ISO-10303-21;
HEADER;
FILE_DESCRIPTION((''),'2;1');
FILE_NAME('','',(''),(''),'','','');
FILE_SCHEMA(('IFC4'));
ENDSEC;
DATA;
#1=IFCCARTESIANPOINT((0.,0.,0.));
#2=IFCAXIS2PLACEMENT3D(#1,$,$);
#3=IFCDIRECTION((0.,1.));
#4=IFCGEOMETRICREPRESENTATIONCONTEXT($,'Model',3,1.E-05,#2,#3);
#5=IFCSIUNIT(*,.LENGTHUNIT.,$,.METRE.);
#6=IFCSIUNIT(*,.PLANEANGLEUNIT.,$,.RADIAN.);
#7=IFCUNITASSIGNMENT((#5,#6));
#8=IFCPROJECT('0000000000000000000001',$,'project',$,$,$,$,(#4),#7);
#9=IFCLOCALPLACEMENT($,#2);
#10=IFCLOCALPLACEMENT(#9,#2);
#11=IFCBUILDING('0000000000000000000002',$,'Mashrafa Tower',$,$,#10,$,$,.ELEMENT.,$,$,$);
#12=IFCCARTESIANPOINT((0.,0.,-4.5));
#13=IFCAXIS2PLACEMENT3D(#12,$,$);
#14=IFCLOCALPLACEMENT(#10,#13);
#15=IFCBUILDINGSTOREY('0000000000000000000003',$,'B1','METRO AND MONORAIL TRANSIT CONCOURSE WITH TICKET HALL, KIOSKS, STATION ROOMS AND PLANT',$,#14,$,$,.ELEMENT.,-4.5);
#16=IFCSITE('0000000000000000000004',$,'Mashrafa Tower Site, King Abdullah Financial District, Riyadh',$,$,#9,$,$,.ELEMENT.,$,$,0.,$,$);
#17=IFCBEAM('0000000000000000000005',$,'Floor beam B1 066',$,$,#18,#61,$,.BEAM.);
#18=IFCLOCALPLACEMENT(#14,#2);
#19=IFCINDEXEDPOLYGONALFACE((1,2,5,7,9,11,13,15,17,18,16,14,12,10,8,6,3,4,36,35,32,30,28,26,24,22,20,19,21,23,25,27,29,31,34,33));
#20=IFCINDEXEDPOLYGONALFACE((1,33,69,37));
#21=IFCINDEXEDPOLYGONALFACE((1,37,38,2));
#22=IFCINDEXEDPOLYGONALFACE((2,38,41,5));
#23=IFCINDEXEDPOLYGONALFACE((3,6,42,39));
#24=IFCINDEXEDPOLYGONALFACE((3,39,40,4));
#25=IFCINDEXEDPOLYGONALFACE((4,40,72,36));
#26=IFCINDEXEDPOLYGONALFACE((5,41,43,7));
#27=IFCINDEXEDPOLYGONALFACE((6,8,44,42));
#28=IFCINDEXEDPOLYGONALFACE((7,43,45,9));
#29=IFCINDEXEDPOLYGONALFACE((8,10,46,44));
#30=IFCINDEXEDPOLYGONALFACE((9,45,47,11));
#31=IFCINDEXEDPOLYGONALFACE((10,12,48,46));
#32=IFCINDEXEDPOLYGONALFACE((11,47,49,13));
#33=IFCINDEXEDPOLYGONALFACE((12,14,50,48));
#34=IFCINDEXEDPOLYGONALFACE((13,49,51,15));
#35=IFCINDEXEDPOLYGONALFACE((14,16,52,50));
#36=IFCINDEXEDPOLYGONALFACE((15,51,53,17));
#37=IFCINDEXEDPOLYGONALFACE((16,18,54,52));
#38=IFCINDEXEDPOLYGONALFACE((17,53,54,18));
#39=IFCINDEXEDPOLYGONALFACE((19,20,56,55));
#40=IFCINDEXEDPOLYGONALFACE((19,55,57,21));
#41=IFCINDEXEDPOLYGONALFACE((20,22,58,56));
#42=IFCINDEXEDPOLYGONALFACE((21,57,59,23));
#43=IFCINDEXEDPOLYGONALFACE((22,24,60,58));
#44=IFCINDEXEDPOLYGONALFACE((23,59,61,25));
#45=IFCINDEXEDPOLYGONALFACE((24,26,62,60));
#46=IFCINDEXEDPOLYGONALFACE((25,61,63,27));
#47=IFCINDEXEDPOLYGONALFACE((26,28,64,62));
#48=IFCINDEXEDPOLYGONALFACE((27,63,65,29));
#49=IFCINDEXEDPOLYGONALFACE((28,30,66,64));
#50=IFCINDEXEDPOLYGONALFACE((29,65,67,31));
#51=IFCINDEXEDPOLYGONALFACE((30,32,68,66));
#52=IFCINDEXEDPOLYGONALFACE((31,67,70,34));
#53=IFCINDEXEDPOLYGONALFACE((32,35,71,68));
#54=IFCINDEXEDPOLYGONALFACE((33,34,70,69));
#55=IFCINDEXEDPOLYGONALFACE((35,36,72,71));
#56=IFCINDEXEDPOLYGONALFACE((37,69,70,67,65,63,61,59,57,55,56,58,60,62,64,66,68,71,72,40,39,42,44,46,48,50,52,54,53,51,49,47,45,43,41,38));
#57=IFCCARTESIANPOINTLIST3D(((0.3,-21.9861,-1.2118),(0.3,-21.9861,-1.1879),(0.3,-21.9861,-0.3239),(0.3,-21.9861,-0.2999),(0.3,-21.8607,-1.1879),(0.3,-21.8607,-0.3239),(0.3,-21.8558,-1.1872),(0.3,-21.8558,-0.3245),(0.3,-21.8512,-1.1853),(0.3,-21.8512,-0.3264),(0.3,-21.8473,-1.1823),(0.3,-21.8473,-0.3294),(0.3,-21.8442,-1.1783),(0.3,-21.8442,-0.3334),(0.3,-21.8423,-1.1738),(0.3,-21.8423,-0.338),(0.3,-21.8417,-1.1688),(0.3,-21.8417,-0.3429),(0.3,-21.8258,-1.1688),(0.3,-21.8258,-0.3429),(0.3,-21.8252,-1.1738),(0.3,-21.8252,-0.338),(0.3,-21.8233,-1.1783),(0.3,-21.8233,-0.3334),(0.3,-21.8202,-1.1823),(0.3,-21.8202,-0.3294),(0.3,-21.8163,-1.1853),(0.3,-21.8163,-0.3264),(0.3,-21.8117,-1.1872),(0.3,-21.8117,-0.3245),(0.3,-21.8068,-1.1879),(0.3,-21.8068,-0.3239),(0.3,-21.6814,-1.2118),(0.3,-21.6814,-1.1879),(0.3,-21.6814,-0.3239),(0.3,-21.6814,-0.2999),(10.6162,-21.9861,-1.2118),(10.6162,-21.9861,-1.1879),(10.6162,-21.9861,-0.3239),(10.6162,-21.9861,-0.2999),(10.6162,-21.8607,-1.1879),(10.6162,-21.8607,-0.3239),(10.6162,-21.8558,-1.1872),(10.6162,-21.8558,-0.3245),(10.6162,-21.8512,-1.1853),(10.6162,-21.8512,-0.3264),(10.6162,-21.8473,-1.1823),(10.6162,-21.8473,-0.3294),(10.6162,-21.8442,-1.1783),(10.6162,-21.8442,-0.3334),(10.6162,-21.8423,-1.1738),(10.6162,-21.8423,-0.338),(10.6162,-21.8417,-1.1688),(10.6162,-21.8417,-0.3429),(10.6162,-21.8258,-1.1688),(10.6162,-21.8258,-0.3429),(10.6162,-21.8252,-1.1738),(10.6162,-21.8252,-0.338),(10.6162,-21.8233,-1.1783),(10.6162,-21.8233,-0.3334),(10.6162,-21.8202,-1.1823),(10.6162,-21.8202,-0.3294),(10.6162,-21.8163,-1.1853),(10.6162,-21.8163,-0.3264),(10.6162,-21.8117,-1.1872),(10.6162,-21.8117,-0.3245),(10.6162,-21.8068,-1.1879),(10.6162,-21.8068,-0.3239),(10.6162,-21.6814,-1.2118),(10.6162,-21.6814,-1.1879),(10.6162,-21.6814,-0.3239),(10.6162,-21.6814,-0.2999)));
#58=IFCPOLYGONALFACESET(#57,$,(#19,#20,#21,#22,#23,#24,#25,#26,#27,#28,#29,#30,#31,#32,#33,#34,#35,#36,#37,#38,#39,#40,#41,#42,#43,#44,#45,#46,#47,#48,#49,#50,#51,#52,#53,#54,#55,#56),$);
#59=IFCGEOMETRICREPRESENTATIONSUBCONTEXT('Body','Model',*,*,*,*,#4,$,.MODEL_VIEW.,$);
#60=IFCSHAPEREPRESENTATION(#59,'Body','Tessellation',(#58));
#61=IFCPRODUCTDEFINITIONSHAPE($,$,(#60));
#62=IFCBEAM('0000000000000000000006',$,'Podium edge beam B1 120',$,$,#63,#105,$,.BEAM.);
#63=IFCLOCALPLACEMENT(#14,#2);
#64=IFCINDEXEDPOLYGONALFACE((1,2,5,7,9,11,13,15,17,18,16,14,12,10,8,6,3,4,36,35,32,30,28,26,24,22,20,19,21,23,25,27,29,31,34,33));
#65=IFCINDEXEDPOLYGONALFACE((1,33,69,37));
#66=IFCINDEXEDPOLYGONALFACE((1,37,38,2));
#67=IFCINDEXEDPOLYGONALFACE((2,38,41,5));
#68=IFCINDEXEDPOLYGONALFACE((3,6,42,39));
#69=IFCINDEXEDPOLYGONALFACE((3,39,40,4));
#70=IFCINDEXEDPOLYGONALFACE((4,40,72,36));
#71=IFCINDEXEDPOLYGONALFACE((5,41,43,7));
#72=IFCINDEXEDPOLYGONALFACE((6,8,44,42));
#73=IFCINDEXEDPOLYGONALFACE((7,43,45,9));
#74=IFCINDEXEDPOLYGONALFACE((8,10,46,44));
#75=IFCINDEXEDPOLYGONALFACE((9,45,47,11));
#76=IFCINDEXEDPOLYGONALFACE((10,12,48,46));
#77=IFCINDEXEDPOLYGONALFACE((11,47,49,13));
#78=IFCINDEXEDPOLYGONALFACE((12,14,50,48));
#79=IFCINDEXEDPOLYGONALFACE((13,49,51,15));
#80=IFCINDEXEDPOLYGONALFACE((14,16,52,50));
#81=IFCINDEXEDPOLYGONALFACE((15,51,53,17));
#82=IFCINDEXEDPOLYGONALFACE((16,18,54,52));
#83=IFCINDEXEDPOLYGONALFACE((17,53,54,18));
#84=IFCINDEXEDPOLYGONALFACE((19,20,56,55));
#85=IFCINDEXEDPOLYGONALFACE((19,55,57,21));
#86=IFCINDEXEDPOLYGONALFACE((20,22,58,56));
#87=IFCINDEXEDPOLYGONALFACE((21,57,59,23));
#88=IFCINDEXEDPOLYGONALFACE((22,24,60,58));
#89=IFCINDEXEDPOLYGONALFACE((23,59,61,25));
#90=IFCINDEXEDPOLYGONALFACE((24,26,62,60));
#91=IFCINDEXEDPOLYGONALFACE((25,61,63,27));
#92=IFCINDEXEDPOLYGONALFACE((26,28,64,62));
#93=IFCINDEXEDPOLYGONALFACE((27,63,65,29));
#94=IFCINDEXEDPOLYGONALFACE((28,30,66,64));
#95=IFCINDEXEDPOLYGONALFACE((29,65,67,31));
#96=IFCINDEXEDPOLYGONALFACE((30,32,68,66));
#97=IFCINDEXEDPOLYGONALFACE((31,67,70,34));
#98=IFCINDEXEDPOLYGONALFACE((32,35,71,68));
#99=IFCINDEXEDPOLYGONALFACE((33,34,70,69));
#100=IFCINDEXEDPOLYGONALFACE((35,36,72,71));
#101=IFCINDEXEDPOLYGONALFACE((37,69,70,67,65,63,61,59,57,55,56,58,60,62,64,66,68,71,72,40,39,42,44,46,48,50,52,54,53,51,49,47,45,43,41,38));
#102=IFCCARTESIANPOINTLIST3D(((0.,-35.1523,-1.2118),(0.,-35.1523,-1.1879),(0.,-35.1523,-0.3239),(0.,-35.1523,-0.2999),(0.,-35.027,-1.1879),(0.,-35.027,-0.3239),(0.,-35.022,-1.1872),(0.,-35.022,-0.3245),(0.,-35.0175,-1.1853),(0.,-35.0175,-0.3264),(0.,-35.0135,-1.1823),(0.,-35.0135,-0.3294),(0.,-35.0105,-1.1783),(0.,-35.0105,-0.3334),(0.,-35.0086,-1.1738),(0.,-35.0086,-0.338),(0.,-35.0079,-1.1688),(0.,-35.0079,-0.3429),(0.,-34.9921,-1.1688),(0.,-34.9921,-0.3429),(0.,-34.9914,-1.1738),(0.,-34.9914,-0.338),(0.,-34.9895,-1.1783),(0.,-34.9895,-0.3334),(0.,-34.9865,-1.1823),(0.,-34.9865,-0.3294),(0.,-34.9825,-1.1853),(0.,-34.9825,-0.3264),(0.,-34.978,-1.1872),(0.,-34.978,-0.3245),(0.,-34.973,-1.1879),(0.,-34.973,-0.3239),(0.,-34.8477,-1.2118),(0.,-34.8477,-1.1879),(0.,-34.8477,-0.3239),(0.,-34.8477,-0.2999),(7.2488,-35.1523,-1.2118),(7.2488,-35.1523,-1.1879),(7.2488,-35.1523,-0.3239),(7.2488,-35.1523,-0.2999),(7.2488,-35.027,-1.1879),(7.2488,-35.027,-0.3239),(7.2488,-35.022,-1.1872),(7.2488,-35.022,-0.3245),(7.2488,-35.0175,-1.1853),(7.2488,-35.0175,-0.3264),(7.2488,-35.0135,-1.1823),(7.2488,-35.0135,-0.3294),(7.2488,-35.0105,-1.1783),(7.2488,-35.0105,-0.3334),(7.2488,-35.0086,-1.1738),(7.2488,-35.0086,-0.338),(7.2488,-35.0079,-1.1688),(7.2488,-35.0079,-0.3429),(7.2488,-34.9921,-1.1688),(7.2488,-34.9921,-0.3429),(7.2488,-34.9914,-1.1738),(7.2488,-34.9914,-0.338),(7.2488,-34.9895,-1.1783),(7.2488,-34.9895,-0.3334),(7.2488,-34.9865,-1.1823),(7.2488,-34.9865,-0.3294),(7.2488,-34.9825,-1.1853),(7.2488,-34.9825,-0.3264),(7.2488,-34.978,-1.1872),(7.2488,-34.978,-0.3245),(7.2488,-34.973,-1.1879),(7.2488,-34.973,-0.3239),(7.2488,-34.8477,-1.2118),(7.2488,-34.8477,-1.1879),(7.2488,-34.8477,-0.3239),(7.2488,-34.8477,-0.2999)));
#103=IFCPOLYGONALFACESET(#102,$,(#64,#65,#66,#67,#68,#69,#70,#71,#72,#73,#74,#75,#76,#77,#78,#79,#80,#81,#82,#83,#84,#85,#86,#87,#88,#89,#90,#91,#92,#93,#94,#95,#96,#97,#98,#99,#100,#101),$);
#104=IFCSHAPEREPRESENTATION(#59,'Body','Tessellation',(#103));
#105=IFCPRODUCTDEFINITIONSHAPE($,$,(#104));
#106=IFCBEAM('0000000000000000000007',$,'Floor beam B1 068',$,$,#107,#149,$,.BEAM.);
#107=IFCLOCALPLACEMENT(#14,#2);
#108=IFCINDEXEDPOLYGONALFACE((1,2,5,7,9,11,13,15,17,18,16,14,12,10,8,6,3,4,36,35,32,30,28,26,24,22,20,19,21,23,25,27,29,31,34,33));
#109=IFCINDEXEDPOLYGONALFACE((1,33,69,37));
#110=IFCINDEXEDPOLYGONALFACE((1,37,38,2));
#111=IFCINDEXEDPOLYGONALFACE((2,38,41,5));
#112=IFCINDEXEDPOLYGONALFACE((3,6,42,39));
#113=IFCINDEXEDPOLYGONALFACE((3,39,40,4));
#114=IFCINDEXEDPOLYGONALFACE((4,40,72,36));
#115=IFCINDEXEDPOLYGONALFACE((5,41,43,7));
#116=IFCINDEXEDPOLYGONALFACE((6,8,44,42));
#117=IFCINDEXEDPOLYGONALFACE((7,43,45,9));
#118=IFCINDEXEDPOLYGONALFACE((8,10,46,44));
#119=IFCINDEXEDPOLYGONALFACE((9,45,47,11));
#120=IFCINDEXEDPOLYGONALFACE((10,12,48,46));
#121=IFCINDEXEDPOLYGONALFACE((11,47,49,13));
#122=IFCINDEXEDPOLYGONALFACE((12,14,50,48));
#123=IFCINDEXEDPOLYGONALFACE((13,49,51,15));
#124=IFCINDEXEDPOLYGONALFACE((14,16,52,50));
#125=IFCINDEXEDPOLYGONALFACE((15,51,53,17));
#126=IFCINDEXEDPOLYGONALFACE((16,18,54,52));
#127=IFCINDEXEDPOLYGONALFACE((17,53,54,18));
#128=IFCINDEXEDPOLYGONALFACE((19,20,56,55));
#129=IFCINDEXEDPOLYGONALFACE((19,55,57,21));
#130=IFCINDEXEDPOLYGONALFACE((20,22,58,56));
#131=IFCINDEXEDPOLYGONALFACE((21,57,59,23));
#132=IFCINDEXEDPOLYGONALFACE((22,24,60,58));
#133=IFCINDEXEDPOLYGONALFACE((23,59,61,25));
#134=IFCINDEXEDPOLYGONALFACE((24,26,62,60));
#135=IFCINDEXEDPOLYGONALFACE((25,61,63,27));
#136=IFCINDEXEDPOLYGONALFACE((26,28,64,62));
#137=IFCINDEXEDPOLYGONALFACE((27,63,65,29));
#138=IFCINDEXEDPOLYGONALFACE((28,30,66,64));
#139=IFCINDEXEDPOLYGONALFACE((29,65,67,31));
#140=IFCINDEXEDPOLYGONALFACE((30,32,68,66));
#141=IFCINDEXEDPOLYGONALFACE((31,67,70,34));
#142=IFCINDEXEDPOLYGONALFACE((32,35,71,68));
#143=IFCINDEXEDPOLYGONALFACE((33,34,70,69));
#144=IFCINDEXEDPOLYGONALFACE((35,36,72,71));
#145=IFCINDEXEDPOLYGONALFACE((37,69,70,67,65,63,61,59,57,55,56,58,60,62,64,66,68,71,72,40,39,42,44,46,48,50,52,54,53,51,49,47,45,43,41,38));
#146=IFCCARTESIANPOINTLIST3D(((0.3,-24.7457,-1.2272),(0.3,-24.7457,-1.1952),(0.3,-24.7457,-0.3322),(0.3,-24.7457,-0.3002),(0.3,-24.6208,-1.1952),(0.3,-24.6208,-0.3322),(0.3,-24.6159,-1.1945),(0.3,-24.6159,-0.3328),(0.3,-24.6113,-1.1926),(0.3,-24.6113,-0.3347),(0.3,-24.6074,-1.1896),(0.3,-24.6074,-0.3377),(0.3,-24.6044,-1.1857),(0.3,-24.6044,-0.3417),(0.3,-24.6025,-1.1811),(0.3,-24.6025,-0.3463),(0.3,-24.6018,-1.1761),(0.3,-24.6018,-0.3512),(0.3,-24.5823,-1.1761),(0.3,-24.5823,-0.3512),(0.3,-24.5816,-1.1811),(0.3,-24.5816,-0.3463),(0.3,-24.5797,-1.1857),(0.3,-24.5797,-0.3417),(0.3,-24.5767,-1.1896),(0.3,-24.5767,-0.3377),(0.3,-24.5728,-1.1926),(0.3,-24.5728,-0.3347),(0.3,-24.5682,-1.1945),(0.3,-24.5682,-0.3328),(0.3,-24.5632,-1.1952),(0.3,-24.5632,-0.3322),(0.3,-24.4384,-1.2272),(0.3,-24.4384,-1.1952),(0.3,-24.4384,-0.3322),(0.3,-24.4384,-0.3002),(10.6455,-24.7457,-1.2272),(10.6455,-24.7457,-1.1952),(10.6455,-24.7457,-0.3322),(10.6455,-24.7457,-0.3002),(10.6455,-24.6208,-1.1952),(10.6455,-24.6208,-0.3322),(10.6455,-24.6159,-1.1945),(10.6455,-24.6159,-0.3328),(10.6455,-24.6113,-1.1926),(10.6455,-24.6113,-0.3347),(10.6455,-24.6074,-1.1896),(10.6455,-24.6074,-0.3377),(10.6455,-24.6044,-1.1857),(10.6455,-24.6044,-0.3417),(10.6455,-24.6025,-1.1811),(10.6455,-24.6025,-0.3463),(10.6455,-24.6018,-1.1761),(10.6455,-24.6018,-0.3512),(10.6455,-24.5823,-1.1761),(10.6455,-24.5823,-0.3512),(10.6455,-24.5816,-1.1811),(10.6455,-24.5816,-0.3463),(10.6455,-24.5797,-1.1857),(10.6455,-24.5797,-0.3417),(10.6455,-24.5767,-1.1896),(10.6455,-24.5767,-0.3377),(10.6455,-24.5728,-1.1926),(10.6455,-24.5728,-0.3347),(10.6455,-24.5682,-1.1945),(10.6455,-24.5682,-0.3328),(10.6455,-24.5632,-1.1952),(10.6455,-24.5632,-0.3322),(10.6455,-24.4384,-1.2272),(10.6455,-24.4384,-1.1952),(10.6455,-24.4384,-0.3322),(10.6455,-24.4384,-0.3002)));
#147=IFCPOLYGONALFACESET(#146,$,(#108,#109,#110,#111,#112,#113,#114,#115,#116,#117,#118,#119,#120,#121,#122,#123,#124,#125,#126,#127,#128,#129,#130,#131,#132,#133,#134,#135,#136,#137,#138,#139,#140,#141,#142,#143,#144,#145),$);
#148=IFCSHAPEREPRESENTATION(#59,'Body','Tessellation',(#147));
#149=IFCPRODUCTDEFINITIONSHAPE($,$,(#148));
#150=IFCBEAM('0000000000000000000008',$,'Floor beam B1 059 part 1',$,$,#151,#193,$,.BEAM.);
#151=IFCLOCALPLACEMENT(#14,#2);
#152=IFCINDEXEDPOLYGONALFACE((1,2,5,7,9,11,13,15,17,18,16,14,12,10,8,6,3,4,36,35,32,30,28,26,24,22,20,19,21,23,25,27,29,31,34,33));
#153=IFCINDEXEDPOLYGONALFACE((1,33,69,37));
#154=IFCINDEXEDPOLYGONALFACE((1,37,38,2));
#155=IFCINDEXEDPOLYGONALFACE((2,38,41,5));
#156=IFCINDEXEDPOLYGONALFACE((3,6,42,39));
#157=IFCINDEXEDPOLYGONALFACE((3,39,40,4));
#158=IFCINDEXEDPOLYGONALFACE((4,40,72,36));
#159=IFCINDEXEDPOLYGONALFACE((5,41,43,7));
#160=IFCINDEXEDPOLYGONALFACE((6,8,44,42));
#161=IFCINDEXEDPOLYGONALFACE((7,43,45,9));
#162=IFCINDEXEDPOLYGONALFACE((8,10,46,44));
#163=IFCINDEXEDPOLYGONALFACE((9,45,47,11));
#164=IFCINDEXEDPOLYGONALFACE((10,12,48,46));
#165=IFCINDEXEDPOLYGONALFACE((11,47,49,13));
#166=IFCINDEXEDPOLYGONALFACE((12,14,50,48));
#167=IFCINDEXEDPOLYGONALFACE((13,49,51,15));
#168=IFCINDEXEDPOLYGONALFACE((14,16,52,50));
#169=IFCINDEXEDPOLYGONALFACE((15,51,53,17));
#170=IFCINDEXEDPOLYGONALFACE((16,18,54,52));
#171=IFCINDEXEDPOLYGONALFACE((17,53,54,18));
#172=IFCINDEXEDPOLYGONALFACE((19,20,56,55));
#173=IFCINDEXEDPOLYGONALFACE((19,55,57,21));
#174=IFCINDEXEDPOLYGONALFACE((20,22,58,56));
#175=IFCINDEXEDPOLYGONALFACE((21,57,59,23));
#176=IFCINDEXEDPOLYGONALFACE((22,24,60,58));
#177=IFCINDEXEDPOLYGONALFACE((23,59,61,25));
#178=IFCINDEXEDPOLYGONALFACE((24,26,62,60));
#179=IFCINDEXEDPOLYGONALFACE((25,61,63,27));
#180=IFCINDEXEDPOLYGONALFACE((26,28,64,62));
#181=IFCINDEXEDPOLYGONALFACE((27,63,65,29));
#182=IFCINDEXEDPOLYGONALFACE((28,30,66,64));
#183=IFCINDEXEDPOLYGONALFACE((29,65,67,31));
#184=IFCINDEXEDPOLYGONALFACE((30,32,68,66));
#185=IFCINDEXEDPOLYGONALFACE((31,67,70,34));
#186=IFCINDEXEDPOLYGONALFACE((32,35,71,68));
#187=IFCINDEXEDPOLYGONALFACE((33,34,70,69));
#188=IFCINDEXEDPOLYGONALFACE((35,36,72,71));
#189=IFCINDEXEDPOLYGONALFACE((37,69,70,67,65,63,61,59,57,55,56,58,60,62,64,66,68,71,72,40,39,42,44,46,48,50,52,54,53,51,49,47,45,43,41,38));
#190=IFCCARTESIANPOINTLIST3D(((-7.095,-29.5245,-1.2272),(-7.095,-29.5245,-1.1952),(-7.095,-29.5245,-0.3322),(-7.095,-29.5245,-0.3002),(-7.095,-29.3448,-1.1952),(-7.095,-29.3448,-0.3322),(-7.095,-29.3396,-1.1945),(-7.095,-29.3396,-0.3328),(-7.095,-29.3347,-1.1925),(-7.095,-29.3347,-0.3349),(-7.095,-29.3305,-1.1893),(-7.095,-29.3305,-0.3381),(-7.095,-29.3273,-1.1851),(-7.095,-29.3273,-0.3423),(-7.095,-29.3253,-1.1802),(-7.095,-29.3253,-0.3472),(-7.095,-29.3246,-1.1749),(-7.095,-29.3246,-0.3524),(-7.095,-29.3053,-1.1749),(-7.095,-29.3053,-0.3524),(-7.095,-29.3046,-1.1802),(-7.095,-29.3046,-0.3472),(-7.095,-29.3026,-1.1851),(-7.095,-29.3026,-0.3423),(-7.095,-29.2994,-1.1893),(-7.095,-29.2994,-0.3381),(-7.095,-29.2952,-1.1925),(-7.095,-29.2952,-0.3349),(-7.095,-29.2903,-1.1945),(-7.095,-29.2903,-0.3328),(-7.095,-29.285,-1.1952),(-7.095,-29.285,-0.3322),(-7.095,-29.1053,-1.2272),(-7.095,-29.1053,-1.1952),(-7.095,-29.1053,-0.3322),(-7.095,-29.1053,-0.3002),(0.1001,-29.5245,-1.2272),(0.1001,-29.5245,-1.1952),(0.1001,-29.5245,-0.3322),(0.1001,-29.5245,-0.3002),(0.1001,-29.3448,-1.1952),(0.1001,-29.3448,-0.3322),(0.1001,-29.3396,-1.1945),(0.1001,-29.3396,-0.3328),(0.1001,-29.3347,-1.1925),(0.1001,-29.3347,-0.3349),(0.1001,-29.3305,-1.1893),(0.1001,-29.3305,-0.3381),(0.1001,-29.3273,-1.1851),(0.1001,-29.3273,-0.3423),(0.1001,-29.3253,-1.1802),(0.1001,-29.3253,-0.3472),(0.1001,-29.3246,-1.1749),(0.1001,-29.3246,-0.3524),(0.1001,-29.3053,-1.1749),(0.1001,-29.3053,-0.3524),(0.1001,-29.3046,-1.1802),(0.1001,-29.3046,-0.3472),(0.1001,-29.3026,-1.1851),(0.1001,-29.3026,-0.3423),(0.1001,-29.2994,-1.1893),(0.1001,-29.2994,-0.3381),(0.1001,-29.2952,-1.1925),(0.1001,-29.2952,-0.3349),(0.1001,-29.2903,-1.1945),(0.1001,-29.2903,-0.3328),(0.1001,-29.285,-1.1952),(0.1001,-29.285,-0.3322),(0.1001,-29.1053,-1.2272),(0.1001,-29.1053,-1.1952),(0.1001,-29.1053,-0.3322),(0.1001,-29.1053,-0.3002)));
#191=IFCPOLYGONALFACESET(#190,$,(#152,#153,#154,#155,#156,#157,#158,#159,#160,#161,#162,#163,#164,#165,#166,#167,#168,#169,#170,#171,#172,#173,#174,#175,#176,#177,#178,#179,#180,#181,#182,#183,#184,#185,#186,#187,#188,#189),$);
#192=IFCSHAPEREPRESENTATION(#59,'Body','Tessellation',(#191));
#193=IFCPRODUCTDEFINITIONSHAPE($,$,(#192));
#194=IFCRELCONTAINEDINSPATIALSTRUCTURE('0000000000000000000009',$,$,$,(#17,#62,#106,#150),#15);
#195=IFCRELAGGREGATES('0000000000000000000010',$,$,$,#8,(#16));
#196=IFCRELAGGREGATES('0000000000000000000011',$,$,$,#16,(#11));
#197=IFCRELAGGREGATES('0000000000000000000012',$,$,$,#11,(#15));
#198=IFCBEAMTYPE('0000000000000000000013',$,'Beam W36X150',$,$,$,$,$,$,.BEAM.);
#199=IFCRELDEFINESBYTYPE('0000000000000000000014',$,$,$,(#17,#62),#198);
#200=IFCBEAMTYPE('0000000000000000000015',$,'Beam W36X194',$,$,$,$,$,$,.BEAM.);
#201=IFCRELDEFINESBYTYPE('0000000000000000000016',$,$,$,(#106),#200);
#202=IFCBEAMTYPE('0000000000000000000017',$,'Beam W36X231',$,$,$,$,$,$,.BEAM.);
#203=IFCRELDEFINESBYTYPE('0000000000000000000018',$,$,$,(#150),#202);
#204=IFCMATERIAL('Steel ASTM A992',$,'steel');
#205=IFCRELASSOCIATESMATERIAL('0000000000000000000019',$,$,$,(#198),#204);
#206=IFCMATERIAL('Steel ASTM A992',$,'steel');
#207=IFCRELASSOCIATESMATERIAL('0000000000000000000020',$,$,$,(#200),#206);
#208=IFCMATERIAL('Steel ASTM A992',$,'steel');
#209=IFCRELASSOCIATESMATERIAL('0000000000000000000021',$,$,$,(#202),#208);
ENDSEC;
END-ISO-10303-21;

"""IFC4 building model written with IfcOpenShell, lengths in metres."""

from ifc_helpers import new_model, si_unit, direction, frame, origin, origin_2d, place, context, subcontext, project, spatial, i_section, extrude, material, material_profile, profile_set, type_object, element, save


model = new_model("IFC4")

# Units and contexts
model_context = context("Model", 3, precision=1e-05, world=origin(), true_north=direction((0.0, 1.0)))
body_context = subcontext(model_context, "Body", "Model", "MODEL_VIEW")
ifc_project = project(units=[si_unit("LENGTHUNIT", "METRE"), si_unit("PLANEANGLEUNIT", "RADIAN")], contexts=[model_context])

# Site, building, storey
site_placement = place(None, origin())
site = spatial("IfcSite", under=ifc_project, at=site_placement, Name="Mashrafa Tower Site, King Abdullah Financial District, Riyadh", CompositionType="ELEMENT", RefElevation=0.0)
building_placement = place(site_placement, origin())
building = spatial("IfcBuilding", under=site, at=building_placement, Name="Mashrafa Tower", CompositionType="ELEMENT")
storey_placement = place(building_placement, frame((0.0, 0.0, -4.5)))
storey = spatial("IfcBuildingStorey", under=building, at=storey_placement, Name="B1", Description="METRO AND MONORAIL TRANSIT CONCOURSE WITH TICKET HALL, KIOSKS, STATION ROOMS AND PLANT", CompositionType="ELEMENT", Elevation=-4.5)

# Beams
ifc_material_1 = material(Name="Steel ASTM A992", Category="steel")
ifc_material_profile_1 = material_profile(ifc_material_1, i_section(OverallWidth=0.3047, OverallDepth=0.9119, WebThickness=0.0159, FlangeThickness=0.0239, FilletRadius=0.019, at=origin_2d()), Name="W36X150")
ifc_profile_set_1 = profile_set([ifc_material_profile_1], Name="Steel ASTM A992")
beam_type_1 = type_object("IfcBeamType", Name="Beam W36X150", PredefinedType="BEAM", material=ifc_profile_set_1)
beam_1_placement = place(storey_placement, frame((10.6162, -21.8337, -0.7559), z_axis=(-1.0, 0.0, 0.0), x_axis=(0.0, -1.0, 0.0)))
element("IfcBeam", 1, at=beam_1_placement, inside=storey, type_object=beam_type_1, Name="Floor beam B1 066", PredefinedType="BEAM", context=body_context, shape_type="SweptSolid", body=[
    extrude(i_section(OverallWidth=0.3047, OverallDepth=0.9119, WebThickness=0.0159, FlangeThickness=0.0239, FilletRadius=0.019, at=origin_2d()), origin(), (0.0, 0.0, 1.0), 10.3162),
])
beam_2_placement = place(storey_placement, frame((0.0, -35.0, -0.7559), z_axis=(1.0, 0.0, 0.0), x_axis=(0.0, 1.0, 0.0)))
element("IfcBeam", 2, at=beam_2_placement, inside=storey, type_object=beam_type_1, Name="Podium edge beam B1 120", PredefinedType="BEAM", context=body_context, shape_type="SweptSolid", body=[
    extrude(i_section(OverallWidth=0.3047, OverallDepth=0.9119, WebThickness=0.0159, FlangeThickness=0.0239, FilletRadius=0.019, at=origin_2d()), origin(), (0.0, 0.0, 1.0), 7.2488),
])
ifc_material_2 = material(Name="Steel ASTM A992", Category="steel")
ifc_material_profile_2 = material_profile(ifc_material_2, i_section(OverallWidth=0.3074, OverallDepth=0.927, WebThickness=0.0195, FlangeThickness=0.032, FilletRadius=0.019, at=origin_2d()), Name="W36X194")
ifc_profile_set_2 = profile_set([ifc_material_profile_2], Name="Steel ASTM A992")
beam_type_2 = type_object("IfcBeamType", Name="Beam W36X194", PredefinedType="BEAM", material=ifc_profile_set_2)
beam_3_placement = place(storey_placement, frame((10.6455, -24.592, -0.7637), z_axis=(-1.0, 0.0, 0.0), x_axis=(0.0, -1.0, 0.0)))
element("IfcBeam", 3, at=beam_3_placement, inside=storey, type_object=beam_type_2, Name="Floor beam B1 068", PredefinedType="BEAM", context=body_context, shape_type="SweptSolid", body=[
    extrude(i_section(OverallWidth=0.3074, OverallDepth=0.927, WebThickness=0.0195, FlangeThickness=0.032, FilletRadius=0.019, at=origin_2d()), origin(), (0.0, 0.0, 1.0), 10.3455),
])
ifc_material_3 = material(Name="Steel ASTM A992", Category="steel")
ifc_material_profile_3 = material_profile(ifc_material_3, i_section(OverallWidth=0.4192, OverallDepth=0.927, WebThickness=0.0193, FlangeThickness=0.032, FilletRadius=0.0203, at=origin_2d()), Name="W36X231")
ifc_profile_set_3 = profile_set([ifc_material_profile_3], Name="Steel ASTM A992")
beam_type_3 = type_object("IfcBeamType", Name="Beam W36X231", PredefinedType="BEAM", material=ifc_profile_set_3)
beam_4_placement = place(storey_placement, frame((0.1001, -29.3149, -0.7637), z_axis=(-1.0, 0.0, 0.0), x_axis=(0.0, -1.0, 0.0)))
element("IfcBeam", 4, at=beam_4_placement, inside=storey, type_object=beam_type_3, Name="Floor beam B1 059 part 1", PredefinedType="BEAM", context=body_context, shape_type="SweptSolid", body=[
    extrude(i_section(OverallWidth=0.4192, OverallDepth=0.927, WebThickness=0.0193, FlangeThickness=0.032, FilletRadius=0.0203, at=origin_2d()), origin(), (0.0, 0.0, 1.0), 7.1951),
])

save(model, "model.ifc")
